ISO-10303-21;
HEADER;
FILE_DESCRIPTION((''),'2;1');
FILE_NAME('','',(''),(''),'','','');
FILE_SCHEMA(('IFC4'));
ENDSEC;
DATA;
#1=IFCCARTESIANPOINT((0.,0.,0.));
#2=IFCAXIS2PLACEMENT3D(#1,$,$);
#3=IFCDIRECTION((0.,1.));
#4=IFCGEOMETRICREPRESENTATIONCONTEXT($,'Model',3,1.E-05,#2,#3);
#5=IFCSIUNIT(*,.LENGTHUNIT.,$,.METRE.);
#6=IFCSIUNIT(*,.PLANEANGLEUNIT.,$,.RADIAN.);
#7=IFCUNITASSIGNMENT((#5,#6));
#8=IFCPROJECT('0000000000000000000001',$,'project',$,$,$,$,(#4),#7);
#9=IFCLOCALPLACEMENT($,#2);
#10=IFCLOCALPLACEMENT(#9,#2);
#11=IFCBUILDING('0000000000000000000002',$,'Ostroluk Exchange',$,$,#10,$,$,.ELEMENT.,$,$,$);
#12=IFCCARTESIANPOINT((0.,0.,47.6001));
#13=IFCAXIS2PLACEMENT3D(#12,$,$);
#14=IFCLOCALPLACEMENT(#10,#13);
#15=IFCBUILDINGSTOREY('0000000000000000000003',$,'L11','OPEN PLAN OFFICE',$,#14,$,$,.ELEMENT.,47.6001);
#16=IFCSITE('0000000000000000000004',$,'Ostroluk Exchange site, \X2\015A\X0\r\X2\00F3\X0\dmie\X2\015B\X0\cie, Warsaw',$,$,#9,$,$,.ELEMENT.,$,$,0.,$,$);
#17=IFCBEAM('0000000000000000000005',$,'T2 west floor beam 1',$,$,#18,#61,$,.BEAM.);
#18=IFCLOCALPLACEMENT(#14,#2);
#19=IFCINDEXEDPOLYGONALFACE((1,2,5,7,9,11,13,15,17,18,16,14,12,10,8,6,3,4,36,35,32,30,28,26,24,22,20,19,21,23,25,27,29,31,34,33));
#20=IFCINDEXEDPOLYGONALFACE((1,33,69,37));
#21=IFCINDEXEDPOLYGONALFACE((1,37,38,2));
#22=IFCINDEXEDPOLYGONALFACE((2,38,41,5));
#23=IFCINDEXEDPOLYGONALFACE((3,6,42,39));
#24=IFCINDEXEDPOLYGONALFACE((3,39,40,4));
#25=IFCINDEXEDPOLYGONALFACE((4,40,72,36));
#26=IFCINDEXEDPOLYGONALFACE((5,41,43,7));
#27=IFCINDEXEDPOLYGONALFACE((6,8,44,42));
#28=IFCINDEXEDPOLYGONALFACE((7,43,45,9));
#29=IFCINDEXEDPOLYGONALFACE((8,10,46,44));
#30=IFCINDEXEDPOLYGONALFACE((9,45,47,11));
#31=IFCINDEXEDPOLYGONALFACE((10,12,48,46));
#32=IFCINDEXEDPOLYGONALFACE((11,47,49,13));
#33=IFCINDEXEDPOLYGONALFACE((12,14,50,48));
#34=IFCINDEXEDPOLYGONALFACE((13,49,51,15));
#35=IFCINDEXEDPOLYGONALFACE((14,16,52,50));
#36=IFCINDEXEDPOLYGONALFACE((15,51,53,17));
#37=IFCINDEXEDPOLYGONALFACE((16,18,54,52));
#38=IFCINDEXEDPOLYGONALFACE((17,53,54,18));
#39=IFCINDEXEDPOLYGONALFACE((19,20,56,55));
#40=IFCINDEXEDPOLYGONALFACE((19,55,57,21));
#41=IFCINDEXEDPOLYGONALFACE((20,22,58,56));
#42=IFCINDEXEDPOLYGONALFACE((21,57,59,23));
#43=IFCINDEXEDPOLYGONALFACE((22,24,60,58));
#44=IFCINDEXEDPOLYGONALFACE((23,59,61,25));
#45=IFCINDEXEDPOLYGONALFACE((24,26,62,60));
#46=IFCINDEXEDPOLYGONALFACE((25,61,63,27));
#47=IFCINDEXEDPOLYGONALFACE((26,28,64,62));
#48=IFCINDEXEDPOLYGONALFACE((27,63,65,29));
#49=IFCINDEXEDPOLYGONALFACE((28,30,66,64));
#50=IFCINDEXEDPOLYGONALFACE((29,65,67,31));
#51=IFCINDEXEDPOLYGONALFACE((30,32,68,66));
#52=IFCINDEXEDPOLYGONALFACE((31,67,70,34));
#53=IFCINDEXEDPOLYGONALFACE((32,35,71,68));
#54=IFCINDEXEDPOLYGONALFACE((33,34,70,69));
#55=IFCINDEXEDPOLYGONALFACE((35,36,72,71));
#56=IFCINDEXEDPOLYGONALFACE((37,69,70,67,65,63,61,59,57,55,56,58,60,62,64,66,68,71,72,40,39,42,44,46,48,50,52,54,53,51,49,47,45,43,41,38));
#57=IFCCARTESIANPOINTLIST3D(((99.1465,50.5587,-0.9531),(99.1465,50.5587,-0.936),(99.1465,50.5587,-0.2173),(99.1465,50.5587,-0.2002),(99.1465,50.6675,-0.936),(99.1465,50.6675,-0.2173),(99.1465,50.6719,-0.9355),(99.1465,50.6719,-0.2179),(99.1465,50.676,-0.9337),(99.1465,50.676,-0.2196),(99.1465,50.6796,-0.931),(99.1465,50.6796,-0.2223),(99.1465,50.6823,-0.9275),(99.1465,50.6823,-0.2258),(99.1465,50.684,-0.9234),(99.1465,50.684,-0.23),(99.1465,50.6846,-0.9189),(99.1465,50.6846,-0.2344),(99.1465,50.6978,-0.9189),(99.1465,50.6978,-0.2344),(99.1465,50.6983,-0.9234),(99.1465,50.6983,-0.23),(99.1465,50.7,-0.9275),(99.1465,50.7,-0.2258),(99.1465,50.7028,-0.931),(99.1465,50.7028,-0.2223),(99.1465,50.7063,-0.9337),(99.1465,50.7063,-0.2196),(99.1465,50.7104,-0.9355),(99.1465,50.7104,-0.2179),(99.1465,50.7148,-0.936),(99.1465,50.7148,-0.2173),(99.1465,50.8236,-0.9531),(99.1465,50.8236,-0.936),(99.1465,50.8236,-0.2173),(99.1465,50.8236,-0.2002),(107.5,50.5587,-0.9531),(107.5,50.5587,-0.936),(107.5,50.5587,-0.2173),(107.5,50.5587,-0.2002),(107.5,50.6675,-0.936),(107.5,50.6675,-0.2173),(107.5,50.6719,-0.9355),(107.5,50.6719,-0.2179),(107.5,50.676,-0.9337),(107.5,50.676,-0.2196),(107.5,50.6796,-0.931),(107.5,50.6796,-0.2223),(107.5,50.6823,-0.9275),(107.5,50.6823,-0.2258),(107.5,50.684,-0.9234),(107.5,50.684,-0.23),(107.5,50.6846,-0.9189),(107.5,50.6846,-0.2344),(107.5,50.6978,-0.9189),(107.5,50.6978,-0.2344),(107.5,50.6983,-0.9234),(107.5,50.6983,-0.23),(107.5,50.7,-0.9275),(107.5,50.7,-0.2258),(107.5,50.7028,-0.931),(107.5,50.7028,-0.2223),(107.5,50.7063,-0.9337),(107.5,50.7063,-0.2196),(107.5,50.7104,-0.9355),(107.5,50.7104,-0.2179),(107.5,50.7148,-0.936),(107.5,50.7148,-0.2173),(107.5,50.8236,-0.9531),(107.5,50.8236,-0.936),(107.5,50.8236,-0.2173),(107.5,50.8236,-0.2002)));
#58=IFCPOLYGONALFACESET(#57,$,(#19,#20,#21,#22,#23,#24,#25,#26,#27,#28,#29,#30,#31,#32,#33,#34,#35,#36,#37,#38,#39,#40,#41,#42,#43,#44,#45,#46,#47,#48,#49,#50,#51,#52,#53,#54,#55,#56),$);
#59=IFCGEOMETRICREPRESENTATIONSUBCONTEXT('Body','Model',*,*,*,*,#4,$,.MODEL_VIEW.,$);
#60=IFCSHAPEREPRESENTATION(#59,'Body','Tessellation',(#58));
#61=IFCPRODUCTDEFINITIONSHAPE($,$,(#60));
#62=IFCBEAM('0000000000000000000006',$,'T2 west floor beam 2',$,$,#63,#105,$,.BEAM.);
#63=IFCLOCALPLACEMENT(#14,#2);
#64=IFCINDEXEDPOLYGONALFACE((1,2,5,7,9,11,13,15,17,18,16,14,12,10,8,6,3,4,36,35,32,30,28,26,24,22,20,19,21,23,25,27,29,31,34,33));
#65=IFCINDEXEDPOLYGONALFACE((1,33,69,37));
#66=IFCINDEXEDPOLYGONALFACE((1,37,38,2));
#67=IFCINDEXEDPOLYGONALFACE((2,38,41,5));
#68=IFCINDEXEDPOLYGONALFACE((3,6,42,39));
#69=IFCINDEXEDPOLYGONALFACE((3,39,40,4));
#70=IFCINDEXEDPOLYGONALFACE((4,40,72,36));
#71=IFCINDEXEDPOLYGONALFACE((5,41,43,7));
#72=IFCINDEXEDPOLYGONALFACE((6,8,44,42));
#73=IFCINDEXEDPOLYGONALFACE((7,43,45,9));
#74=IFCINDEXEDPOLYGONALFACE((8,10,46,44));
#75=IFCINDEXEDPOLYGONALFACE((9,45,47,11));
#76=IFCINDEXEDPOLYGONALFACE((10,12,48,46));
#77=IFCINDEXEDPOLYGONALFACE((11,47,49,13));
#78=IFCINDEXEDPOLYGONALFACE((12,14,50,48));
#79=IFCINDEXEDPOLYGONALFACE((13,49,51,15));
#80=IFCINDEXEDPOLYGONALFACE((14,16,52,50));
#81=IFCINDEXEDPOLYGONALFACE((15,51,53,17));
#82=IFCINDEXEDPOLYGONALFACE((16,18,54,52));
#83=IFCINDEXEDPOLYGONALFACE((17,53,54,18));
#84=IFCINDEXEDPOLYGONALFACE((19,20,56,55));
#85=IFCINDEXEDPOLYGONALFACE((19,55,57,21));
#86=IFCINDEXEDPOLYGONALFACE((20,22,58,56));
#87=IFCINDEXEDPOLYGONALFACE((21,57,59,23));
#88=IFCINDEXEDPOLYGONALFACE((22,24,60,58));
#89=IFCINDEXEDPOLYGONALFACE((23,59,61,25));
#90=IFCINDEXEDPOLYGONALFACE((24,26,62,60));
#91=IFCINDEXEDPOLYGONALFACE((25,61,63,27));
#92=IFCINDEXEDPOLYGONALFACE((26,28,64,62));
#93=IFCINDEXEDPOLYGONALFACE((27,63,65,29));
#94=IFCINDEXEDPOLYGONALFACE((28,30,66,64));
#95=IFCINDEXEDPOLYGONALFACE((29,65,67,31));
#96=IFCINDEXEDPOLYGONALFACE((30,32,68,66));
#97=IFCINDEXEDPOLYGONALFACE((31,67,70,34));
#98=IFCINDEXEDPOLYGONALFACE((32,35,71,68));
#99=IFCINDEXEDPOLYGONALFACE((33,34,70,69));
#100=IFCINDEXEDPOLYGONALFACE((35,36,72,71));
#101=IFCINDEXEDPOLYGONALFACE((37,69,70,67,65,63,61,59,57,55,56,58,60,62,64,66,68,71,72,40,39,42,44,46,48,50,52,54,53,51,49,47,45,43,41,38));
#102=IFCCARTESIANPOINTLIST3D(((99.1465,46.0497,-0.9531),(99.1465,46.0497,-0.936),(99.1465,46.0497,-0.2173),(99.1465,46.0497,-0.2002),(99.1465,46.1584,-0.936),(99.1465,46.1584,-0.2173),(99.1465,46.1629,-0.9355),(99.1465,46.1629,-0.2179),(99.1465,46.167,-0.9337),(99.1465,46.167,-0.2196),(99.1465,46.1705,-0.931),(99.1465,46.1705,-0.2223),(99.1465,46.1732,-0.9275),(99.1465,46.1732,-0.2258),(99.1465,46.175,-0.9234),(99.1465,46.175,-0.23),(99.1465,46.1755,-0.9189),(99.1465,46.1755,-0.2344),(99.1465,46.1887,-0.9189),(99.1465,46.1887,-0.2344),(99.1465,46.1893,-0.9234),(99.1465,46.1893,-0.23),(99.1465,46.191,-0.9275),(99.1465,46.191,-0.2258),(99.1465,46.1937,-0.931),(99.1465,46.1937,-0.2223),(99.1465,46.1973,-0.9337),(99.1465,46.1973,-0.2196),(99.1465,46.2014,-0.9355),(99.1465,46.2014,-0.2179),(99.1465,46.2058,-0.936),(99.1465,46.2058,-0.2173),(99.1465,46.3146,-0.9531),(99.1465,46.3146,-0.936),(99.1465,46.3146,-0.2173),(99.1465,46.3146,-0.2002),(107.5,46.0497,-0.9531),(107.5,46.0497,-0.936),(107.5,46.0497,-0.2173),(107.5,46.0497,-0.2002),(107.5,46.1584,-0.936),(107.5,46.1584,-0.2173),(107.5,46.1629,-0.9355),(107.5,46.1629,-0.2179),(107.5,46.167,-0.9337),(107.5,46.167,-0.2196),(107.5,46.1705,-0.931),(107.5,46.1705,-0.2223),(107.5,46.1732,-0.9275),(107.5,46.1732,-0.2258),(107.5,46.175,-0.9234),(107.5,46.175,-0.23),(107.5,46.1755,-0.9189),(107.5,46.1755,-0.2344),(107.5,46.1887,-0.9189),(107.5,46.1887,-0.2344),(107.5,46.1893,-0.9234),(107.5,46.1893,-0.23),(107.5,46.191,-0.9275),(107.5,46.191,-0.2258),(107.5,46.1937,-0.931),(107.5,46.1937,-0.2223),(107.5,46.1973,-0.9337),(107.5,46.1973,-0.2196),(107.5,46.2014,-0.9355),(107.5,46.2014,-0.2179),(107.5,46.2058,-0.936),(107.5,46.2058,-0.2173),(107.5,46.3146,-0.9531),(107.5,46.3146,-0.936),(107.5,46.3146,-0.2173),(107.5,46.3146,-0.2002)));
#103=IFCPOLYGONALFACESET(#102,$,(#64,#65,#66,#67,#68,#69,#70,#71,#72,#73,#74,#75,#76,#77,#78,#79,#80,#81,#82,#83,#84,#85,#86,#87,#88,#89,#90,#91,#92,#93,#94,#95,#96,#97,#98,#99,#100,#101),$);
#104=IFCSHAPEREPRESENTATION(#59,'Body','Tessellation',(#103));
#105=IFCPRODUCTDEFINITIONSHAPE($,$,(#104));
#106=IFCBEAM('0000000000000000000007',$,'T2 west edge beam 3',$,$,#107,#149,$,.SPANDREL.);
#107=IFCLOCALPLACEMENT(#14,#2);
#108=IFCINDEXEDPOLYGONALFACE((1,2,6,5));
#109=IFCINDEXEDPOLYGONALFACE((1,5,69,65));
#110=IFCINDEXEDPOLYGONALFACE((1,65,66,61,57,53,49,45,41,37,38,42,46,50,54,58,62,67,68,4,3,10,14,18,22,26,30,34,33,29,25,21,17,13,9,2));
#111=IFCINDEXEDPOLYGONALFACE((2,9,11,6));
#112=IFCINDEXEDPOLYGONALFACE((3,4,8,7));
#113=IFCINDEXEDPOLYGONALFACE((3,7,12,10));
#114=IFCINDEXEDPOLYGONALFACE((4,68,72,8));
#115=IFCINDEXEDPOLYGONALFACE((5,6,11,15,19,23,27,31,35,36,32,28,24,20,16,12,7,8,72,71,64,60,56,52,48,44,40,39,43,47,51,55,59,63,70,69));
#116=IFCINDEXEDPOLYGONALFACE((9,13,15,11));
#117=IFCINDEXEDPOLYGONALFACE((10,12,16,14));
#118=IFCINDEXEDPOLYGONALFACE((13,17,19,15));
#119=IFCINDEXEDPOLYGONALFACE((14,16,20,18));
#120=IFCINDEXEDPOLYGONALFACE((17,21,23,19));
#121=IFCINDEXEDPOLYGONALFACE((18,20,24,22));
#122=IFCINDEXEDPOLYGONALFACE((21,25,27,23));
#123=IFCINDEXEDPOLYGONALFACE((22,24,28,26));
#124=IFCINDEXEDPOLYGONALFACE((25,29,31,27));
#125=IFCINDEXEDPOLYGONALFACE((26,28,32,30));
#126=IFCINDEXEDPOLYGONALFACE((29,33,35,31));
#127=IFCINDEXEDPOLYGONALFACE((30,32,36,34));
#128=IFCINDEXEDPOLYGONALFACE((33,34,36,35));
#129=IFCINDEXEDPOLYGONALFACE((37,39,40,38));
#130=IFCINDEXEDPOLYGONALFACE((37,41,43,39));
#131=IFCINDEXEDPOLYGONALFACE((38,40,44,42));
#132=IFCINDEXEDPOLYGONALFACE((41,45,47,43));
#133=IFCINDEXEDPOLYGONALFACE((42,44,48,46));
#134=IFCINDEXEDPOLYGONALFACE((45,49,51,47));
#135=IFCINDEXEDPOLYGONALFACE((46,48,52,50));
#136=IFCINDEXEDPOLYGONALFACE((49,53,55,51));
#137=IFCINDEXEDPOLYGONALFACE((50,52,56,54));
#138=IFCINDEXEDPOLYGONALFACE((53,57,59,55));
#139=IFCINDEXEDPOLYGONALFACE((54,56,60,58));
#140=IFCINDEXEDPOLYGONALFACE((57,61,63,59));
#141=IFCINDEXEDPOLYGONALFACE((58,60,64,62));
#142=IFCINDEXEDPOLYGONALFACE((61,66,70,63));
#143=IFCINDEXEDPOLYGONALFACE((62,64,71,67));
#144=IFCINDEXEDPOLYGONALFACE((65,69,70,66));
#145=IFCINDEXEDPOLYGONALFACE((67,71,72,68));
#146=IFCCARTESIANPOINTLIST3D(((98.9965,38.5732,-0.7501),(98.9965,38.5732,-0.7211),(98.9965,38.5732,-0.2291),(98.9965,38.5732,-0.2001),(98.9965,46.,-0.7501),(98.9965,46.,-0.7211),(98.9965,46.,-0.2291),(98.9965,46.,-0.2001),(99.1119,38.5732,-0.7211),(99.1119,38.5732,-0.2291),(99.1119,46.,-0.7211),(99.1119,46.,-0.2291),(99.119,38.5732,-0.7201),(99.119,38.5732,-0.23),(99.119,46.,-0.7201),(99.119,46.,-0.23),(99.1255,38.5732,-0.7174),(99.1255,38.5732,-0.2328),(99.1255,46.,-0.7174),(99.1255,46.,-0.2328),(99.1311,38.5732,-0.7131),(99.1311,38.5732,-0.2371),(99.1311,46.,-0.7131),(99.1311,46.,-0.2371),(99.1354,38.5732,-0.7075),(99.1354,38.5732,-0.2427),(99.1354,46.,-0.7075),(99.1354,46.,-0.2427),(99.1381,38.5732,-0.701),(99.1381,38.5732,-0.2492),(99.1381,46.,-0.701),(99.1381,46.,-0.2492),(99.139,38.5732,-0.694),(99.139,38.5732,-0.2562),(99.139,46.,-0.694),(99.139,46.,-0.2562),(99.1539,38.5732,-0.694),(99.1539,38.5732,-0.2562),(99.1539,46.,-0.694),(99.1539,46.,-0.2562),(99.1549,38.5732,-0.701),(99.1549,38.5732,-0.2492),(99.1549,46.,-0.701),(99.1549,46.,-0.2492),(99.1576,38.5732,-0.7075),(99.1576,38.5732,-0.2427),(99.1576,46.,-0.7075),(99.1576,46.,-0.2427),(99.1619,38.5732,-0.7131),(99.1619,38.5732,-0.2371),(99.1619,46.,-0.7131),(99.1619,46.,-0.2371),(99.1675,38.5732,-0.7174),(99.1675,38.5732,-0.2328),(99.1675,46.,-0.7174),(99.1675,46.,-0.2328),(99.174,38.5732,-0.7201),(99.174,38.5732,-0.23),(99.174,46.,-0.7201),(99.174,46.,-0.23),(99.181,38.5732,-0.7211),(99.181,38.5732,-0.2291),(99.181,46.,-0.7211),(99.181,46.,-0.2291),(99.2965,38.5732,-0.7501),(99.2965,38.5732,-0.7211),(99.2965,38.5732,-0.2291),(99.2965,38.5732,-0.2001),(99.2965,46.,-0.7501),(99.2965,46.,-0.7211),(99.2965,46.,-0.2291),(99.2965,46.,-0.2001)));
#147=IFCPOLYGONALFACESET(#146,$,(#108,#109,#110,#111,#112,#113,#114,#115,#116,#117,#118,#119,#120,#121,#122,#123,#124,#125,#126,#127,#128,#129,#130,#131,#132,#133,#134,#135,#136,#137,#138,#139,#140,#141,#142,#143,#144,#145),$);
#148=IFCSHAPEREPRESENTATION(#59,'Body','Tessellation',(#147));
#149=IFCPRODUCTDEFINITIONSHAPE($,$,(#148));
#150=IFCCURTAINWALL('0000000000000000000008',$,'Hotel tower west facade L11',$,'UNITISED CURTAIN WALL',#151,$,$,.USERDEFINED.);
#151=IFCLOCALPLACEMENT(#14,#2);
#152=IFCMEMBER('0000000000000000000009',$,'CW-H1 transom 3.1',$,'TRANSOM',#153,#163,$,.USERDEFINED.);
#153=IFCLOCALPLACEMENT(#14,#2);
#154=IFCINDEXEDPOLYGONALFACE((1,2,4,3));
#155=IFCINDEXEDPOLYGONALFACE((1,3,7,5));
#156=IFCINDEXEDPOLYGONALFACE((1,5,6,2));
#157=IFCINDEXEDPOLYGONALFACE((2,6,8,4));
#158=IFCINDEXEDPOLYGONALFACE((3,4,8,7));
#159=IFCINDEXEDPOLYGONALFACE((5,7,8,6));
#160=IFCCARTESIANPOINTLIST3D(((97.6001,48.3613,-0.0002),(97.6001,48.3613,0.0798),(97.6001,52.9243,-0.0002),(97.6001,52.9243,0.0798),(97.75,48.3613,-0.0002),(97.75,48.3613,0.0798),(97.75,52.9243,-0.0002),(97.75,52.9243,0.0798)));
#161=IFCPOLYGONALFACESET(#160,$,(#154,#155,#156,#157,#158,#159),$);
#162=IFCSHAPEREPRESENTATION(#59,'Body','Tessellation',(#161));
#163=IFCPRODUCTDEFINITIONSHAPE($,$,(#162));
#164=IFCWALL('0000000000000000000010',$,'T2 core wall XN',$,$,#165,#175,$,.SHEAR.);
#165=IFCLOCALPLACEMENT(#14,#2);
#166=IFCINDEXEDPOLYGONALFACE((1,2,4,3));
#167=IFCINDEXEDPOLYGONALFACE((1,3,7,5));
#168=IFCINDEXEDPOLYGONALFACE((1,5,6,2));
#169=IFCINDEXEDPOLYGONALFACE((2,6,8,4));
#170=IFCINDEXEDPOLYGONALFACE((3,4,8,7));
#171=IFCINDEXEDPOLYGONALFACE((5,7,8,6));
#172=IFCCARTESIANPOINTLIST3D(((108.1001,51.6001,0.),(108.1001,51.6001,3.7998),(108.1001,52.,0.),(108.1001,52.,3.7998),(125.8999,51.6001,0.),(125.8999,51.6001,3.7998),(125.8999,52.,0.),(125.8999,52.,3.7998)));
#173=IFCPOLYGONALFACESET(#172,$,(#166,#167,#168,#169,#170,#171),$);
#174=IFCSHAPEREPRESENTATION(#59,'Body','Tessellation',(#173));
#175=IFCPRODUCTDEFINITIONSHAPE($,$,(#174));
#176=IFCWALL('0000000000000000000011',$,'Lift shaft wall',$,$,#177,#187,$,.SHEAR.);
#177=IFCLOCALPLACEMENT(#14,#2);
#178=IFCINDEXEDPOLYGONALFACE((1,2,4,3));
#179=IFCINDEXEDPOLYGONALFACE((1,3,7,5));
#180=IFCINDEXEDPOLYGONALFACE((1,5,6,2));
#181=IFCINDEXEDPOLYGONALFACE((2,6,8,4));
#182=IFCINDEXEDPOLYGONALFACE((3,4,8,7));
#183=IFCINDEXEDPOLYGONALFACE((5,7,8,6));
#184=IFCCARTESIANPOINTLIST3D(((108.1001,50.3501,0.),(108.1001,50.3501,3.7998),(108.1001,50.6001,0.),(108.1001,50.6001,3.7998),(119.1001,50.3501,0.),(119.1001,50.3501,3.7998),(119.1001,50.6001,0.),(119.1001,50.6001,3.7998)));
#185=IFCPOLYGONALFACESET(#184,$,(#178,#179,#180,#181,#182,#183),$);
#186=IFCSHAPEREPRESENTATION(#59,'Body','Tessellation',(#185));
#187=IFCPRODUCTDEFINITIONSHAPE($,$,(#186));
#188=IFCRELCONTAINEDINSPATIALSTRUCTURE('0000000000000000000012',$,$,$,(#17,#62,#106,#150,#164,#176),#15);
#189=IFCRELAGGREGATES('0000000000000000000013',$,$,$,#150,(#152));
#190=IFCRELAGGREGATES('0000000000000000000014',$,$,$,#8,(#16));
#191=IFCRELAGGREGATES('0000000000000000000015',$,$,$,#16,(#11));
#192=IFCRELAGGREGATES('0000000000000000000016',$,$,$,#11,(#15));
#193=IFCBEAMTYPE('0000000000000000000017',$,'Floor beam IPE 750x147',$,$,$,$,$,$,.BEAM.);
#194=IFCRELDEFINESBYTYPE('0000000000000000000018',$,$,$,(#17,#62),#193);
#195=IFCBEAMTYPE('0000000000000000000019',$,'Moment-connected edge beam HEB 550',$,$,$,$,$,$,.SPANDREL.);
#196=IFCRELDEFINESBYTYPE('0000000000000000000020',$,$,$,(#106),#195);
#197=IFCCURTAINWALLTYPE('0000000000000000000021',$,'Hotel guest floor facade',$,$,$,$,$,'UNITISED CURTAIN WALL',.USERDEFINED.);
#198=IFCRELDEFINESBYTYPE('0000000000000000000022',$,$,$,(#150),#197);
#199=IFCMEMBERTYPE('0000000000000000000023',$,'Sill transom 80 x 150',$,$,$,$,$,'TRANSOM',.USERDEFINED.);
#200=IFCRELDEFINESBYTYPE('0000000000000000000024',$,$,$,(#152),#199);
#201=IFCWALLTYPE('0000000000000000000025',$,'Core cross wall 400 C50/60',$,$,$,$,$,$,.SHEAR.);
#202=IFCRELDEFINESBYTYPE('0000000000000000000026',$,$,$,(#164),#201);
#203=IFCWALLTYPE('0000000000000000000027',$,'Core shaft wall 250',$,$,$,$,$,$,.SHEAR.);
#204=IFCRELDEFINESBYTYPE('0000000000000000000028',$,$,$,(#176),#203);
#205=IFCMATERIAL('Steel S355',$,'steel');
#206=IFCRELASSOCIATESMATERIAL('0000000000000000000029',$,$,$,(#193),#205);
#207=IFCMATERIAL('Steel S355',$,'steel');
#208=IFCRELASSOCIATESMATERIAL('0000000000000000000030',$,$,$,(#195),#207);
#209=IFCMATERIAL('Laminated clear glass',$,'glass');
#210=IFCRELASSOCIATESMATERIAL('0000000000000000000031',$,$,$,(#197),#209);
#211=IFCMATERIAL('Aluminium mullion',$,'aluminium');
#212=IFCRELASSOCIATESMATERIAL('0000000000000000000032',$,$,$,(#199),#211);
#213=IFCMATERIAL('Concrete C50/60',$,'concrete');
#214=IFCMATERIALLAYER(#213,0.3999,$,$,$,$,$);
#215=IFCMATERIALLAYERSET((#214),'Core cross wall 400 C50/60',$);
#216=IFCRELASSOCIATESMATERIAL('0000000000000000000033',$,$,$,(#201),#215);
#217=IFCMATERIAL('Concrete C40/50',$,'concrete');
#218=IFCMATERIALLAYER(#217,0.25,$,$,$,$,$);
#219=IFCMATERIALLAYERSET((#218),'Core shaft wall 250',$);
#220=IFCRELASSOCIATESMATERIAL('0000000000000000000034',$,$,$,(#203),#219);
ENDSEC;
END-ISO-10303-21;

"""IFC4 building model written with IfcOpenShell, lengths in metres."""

from ifc_helpers import new_model, si_unit, direction, frame, frame_2d, origin, origin_2d, place, context, subcontext, project, spatial, rectangle, i_section, extrude, material, layer, layer_set, material_profile, profile_set, type_object, element, aggregate, save


model = new_model("IFC4")

# Units and contexts
model_context = context("Model", 3, precision=1e-05, world=origin(), true_north=direction((0.0, 1.0)))
body_context = subcontext(model_context, "Body", "Model", "MODEL_VIEW")
ifc_project = project(units=[si_unit("LENGTHUNIT", "METRE"), si_unit("PLANEANGLEUNIT", "RADIAN")], contexts=[model_context])

# Site, building, storey
site_placement = place(None, origin())
site = spatial("IfcSite", under=ifc_project, at=site_placement, Name="Ostroluk Exchange site, Śródmieście, Warsaw", CompositionType="ELEMENT", RefElevation=0.0)
building_placement = place(site_placement, origin())
building = spatial("IfcBuilding", under=site, at=building_placement, Name="Ostroluk Exchange", CompositionType="ELEMENT")
storey_placement = place(building_placement, frame((0.0, 0.0, 47.6001)))
storey = spatial("IfcBuildingStorey", under=building, at=storey_placement, Name="L11", Description="OPEN PLAN OFFICE", CompositionType="ELEMENT", Elevation=47.6001)

# Beams
ifc_material_1 = material(Name="Steel S355", Category="steel")
ifc_material_profile_1 = material_profile(ifc_material_1, i_section(OverallWidth=0.2649, OverallDepth=0.7529, WebThickness=0.0132, FlangeThickness=0.0171, FilletRadius=0.0171, at=origin_2d()), Name="IPE 750x147")
ifc_profile_set_1 = profile_set([ifc_material_profile_1], Name="Steel S355")
beam_type_1 = type_object("IfcBeamType", Name="Floor beam IPE 750x147", PredefinedType="BEAM", material=ifc_profile_set_1)
for number, where, z_axis, x_axis, name in (
    (1, (107.5, 50.6912, -0.5767), (-1.0, 0.0, 0.0), (0.0, -1.0, 0.0), "T2 west floor beam 1"),
    (2, (107.5, 46.1821, -0.5767), (-1.0, 0.0, 0.0), (0.0, -1.0, 0.0), "T2 west floor beam 2"),
):
    element("IfcBeam", number, at=place(storey_placement, frame(where, z_axis=z_axis, x_axis=x_axis)), inside=storey, type_object=beam_type_1, Name=name, PredefinedType="BEAM", context=body_context, shape_type="SweptSolid", body=[
        extrude(i_section(OverallWidth=0.2649, OverallDepth=0.7529, WebThickness=0.0132, FlangeThickness=0.0171, FilletRadius=0.0171, at=origin_2d()), origin(), (0.0, 0.0, 1.0), 8.3535),
    ])
ifc_material_2 = material(Name="Steel S355", Category="steel")
ifc_material_profile_2 = material_profile(ifc_material_2, i_section(OverallWidth=0.3, OverallDepth=0.55, WebThickness=0.0149, FlangeThickness=0.0291, FilletRadius=0.0271, at=origin_2d()), Name="HEB 550")
ifc_profile_set_2 = profile_set([ifc_material_profile_2], Name="Steel S355")
beam_type_2 = type_object("IfcBeamType", Name="Moment-connected edge beam HEB 550", PredefinedType="SPANDREL", material=ifc_profile_set_2)
beam_placement = place(storey_placement, frame((99.1465, 46.0, -0.4751), z_axis=(0.0, -1.0, 0.0), x_axis=(1.0, 0.0, 0.0)))
element("IfcBeam", 3, at=beam_placement, inside=storey, type_object=beam_type_2, Name="T2 west edge beam 3", PredefinedType="SPANDREL", context=body_context, shape_type="SweptSolid", body=[
    extrude(i_section(OverallWidth=0.3, OverallDepth=0.55, WebThickness=0.0149, FlangeThickness=0.0291, FilletRadius=0.0271, at=origin_2d()), origin(), (0.0, 0.0, 1.0), 7.4268),
])

# Curtain wall, member
ifc_material_3 = material(Name="Laminated clear glass", Category="glass")
curtain_wall_type = type_object("IfcCurtainWallType", Name="Hotel guest floor facade", ElementType="UNITISED CURTAIN WALL", PredefinedType="USERDEFINED", material=ifc_material_3)
curtain_wall_placement = place(storey_placement, origin())
curtain_wall = element("IfcCurtainWall", 4, at=curtain_wall_placement, inside=storey, type_object=curtain_wall_type, Name="Hotel tower west facade L11", ObjectType="UNITISED CURTAIN WALL", PredefinedType="USERDEFINED")
ifc_material_4 = material(Name="Aluminium mullion", Category="aluminium")
ifc_material_profile_3 = material_profile(ifc_material_4, rectangle(XDim=0.1499, YDim=0.0801, at=origin_2d()), Name="Sill transom 80 x 150")
ifc_profile_set_3 = profile_set([ifc_material_profile_3], Name="Aluminium mullion")
member_type = type_object("IfcMemberType", Name="Sill transom 80 x 150", ElementType="TRANSOM", PredefinedType="USERDEFINED", material=ifc_profile_set_3)
member_placement = place(storey_placement, frame((97.675, 52.9243, 0.0398), z_axis=(0.0, -1.0, 0.0), x_axis=(1.0, 0.0, 0.0)))
member = element("IfcMember", 5, at=member_placement, type_object=member_type, Name="CW-H1 transom 3.1", ObjectType="TRANSOM", PredefinedType="USERDEFINED", context=body_context, shape_type="SweptSolid", body=[
    extrude(rectangle(XDim=0.1499, YDim=0.0801, at=origin_2d()), origin(), (0.0, 0.0, 1.0), 4.563),
])
aggregate(curtain_wall, [member])

# Walls
ifc_material_5 = material(Name="Concrete C50/60", Category="concrete")
ifc_layer_1 = layer(ifc_material_5, 0.3999)
ifc_layer_set_1 = layer_set([ifc_layer_1], Name="Core cross wall 400 C50/60")
wall_type_1 = type_object("IfcWallType", Name="Core cross wall 400 C50/60", PredefinedType="SHEAR", material=ifc_layer_set_1)
wall_1_placement = place(storey_placement, frame((108.1001, 51.8, 0.0), z_axis=(0.0, 0.0, 1.0), x_axis=(1.0, 0.0, 0.0)))
element("IfcWall", 6, at=wall_1_placement, inside=storey, type_object=wall_type_1, Name="T2 core wall XN", PredefinedType="SHEAR", context=body_context, shape_type="SweptSolid", body=[
    extrude(rectangle(XDim=17.7998, YDim=0.3999, at=frame_2d((8.8999, 0.0))), origin(), (0.0, 0.0, 1.0), 3.7998),
])
ifc_material_6 = material(Name="Concrete C40/50", Category="concrete")
ifc_layer_2 = layer(ifc_material_6, 0.25)
ifc_layer_set_2 = layer_set([ifc_layer_2], Name="Core shaft wall 250")
wall_type_2 = type_object("IfcWallType", Name="Core shaft wall 250", PredefinedType="SHEAR", material=ifc_layer_set_2)
wall_2_placement = place(storey_placement, frame((108.1001, 50.4751, 0.0), z_axis=(0.0, 0.0, 1.0), x_axis=(1.0, 0.0, 0.0)))
element("IfcWall", 7, at=wall_2_placement, inside=storey, type_object=wall_type_2, Name="Lift shaft wall", PredefinedType="SHEAR", context=body_context, shape_type="SweptSolid", body=[
    extrude(rectangle(XDim=11.0, YDim=0.25, at=frame_2d((5.5, 0.0))), origin(), (0.0, 0.0, 1.0), 3.7998),
])

save(model, "model.ifc")
